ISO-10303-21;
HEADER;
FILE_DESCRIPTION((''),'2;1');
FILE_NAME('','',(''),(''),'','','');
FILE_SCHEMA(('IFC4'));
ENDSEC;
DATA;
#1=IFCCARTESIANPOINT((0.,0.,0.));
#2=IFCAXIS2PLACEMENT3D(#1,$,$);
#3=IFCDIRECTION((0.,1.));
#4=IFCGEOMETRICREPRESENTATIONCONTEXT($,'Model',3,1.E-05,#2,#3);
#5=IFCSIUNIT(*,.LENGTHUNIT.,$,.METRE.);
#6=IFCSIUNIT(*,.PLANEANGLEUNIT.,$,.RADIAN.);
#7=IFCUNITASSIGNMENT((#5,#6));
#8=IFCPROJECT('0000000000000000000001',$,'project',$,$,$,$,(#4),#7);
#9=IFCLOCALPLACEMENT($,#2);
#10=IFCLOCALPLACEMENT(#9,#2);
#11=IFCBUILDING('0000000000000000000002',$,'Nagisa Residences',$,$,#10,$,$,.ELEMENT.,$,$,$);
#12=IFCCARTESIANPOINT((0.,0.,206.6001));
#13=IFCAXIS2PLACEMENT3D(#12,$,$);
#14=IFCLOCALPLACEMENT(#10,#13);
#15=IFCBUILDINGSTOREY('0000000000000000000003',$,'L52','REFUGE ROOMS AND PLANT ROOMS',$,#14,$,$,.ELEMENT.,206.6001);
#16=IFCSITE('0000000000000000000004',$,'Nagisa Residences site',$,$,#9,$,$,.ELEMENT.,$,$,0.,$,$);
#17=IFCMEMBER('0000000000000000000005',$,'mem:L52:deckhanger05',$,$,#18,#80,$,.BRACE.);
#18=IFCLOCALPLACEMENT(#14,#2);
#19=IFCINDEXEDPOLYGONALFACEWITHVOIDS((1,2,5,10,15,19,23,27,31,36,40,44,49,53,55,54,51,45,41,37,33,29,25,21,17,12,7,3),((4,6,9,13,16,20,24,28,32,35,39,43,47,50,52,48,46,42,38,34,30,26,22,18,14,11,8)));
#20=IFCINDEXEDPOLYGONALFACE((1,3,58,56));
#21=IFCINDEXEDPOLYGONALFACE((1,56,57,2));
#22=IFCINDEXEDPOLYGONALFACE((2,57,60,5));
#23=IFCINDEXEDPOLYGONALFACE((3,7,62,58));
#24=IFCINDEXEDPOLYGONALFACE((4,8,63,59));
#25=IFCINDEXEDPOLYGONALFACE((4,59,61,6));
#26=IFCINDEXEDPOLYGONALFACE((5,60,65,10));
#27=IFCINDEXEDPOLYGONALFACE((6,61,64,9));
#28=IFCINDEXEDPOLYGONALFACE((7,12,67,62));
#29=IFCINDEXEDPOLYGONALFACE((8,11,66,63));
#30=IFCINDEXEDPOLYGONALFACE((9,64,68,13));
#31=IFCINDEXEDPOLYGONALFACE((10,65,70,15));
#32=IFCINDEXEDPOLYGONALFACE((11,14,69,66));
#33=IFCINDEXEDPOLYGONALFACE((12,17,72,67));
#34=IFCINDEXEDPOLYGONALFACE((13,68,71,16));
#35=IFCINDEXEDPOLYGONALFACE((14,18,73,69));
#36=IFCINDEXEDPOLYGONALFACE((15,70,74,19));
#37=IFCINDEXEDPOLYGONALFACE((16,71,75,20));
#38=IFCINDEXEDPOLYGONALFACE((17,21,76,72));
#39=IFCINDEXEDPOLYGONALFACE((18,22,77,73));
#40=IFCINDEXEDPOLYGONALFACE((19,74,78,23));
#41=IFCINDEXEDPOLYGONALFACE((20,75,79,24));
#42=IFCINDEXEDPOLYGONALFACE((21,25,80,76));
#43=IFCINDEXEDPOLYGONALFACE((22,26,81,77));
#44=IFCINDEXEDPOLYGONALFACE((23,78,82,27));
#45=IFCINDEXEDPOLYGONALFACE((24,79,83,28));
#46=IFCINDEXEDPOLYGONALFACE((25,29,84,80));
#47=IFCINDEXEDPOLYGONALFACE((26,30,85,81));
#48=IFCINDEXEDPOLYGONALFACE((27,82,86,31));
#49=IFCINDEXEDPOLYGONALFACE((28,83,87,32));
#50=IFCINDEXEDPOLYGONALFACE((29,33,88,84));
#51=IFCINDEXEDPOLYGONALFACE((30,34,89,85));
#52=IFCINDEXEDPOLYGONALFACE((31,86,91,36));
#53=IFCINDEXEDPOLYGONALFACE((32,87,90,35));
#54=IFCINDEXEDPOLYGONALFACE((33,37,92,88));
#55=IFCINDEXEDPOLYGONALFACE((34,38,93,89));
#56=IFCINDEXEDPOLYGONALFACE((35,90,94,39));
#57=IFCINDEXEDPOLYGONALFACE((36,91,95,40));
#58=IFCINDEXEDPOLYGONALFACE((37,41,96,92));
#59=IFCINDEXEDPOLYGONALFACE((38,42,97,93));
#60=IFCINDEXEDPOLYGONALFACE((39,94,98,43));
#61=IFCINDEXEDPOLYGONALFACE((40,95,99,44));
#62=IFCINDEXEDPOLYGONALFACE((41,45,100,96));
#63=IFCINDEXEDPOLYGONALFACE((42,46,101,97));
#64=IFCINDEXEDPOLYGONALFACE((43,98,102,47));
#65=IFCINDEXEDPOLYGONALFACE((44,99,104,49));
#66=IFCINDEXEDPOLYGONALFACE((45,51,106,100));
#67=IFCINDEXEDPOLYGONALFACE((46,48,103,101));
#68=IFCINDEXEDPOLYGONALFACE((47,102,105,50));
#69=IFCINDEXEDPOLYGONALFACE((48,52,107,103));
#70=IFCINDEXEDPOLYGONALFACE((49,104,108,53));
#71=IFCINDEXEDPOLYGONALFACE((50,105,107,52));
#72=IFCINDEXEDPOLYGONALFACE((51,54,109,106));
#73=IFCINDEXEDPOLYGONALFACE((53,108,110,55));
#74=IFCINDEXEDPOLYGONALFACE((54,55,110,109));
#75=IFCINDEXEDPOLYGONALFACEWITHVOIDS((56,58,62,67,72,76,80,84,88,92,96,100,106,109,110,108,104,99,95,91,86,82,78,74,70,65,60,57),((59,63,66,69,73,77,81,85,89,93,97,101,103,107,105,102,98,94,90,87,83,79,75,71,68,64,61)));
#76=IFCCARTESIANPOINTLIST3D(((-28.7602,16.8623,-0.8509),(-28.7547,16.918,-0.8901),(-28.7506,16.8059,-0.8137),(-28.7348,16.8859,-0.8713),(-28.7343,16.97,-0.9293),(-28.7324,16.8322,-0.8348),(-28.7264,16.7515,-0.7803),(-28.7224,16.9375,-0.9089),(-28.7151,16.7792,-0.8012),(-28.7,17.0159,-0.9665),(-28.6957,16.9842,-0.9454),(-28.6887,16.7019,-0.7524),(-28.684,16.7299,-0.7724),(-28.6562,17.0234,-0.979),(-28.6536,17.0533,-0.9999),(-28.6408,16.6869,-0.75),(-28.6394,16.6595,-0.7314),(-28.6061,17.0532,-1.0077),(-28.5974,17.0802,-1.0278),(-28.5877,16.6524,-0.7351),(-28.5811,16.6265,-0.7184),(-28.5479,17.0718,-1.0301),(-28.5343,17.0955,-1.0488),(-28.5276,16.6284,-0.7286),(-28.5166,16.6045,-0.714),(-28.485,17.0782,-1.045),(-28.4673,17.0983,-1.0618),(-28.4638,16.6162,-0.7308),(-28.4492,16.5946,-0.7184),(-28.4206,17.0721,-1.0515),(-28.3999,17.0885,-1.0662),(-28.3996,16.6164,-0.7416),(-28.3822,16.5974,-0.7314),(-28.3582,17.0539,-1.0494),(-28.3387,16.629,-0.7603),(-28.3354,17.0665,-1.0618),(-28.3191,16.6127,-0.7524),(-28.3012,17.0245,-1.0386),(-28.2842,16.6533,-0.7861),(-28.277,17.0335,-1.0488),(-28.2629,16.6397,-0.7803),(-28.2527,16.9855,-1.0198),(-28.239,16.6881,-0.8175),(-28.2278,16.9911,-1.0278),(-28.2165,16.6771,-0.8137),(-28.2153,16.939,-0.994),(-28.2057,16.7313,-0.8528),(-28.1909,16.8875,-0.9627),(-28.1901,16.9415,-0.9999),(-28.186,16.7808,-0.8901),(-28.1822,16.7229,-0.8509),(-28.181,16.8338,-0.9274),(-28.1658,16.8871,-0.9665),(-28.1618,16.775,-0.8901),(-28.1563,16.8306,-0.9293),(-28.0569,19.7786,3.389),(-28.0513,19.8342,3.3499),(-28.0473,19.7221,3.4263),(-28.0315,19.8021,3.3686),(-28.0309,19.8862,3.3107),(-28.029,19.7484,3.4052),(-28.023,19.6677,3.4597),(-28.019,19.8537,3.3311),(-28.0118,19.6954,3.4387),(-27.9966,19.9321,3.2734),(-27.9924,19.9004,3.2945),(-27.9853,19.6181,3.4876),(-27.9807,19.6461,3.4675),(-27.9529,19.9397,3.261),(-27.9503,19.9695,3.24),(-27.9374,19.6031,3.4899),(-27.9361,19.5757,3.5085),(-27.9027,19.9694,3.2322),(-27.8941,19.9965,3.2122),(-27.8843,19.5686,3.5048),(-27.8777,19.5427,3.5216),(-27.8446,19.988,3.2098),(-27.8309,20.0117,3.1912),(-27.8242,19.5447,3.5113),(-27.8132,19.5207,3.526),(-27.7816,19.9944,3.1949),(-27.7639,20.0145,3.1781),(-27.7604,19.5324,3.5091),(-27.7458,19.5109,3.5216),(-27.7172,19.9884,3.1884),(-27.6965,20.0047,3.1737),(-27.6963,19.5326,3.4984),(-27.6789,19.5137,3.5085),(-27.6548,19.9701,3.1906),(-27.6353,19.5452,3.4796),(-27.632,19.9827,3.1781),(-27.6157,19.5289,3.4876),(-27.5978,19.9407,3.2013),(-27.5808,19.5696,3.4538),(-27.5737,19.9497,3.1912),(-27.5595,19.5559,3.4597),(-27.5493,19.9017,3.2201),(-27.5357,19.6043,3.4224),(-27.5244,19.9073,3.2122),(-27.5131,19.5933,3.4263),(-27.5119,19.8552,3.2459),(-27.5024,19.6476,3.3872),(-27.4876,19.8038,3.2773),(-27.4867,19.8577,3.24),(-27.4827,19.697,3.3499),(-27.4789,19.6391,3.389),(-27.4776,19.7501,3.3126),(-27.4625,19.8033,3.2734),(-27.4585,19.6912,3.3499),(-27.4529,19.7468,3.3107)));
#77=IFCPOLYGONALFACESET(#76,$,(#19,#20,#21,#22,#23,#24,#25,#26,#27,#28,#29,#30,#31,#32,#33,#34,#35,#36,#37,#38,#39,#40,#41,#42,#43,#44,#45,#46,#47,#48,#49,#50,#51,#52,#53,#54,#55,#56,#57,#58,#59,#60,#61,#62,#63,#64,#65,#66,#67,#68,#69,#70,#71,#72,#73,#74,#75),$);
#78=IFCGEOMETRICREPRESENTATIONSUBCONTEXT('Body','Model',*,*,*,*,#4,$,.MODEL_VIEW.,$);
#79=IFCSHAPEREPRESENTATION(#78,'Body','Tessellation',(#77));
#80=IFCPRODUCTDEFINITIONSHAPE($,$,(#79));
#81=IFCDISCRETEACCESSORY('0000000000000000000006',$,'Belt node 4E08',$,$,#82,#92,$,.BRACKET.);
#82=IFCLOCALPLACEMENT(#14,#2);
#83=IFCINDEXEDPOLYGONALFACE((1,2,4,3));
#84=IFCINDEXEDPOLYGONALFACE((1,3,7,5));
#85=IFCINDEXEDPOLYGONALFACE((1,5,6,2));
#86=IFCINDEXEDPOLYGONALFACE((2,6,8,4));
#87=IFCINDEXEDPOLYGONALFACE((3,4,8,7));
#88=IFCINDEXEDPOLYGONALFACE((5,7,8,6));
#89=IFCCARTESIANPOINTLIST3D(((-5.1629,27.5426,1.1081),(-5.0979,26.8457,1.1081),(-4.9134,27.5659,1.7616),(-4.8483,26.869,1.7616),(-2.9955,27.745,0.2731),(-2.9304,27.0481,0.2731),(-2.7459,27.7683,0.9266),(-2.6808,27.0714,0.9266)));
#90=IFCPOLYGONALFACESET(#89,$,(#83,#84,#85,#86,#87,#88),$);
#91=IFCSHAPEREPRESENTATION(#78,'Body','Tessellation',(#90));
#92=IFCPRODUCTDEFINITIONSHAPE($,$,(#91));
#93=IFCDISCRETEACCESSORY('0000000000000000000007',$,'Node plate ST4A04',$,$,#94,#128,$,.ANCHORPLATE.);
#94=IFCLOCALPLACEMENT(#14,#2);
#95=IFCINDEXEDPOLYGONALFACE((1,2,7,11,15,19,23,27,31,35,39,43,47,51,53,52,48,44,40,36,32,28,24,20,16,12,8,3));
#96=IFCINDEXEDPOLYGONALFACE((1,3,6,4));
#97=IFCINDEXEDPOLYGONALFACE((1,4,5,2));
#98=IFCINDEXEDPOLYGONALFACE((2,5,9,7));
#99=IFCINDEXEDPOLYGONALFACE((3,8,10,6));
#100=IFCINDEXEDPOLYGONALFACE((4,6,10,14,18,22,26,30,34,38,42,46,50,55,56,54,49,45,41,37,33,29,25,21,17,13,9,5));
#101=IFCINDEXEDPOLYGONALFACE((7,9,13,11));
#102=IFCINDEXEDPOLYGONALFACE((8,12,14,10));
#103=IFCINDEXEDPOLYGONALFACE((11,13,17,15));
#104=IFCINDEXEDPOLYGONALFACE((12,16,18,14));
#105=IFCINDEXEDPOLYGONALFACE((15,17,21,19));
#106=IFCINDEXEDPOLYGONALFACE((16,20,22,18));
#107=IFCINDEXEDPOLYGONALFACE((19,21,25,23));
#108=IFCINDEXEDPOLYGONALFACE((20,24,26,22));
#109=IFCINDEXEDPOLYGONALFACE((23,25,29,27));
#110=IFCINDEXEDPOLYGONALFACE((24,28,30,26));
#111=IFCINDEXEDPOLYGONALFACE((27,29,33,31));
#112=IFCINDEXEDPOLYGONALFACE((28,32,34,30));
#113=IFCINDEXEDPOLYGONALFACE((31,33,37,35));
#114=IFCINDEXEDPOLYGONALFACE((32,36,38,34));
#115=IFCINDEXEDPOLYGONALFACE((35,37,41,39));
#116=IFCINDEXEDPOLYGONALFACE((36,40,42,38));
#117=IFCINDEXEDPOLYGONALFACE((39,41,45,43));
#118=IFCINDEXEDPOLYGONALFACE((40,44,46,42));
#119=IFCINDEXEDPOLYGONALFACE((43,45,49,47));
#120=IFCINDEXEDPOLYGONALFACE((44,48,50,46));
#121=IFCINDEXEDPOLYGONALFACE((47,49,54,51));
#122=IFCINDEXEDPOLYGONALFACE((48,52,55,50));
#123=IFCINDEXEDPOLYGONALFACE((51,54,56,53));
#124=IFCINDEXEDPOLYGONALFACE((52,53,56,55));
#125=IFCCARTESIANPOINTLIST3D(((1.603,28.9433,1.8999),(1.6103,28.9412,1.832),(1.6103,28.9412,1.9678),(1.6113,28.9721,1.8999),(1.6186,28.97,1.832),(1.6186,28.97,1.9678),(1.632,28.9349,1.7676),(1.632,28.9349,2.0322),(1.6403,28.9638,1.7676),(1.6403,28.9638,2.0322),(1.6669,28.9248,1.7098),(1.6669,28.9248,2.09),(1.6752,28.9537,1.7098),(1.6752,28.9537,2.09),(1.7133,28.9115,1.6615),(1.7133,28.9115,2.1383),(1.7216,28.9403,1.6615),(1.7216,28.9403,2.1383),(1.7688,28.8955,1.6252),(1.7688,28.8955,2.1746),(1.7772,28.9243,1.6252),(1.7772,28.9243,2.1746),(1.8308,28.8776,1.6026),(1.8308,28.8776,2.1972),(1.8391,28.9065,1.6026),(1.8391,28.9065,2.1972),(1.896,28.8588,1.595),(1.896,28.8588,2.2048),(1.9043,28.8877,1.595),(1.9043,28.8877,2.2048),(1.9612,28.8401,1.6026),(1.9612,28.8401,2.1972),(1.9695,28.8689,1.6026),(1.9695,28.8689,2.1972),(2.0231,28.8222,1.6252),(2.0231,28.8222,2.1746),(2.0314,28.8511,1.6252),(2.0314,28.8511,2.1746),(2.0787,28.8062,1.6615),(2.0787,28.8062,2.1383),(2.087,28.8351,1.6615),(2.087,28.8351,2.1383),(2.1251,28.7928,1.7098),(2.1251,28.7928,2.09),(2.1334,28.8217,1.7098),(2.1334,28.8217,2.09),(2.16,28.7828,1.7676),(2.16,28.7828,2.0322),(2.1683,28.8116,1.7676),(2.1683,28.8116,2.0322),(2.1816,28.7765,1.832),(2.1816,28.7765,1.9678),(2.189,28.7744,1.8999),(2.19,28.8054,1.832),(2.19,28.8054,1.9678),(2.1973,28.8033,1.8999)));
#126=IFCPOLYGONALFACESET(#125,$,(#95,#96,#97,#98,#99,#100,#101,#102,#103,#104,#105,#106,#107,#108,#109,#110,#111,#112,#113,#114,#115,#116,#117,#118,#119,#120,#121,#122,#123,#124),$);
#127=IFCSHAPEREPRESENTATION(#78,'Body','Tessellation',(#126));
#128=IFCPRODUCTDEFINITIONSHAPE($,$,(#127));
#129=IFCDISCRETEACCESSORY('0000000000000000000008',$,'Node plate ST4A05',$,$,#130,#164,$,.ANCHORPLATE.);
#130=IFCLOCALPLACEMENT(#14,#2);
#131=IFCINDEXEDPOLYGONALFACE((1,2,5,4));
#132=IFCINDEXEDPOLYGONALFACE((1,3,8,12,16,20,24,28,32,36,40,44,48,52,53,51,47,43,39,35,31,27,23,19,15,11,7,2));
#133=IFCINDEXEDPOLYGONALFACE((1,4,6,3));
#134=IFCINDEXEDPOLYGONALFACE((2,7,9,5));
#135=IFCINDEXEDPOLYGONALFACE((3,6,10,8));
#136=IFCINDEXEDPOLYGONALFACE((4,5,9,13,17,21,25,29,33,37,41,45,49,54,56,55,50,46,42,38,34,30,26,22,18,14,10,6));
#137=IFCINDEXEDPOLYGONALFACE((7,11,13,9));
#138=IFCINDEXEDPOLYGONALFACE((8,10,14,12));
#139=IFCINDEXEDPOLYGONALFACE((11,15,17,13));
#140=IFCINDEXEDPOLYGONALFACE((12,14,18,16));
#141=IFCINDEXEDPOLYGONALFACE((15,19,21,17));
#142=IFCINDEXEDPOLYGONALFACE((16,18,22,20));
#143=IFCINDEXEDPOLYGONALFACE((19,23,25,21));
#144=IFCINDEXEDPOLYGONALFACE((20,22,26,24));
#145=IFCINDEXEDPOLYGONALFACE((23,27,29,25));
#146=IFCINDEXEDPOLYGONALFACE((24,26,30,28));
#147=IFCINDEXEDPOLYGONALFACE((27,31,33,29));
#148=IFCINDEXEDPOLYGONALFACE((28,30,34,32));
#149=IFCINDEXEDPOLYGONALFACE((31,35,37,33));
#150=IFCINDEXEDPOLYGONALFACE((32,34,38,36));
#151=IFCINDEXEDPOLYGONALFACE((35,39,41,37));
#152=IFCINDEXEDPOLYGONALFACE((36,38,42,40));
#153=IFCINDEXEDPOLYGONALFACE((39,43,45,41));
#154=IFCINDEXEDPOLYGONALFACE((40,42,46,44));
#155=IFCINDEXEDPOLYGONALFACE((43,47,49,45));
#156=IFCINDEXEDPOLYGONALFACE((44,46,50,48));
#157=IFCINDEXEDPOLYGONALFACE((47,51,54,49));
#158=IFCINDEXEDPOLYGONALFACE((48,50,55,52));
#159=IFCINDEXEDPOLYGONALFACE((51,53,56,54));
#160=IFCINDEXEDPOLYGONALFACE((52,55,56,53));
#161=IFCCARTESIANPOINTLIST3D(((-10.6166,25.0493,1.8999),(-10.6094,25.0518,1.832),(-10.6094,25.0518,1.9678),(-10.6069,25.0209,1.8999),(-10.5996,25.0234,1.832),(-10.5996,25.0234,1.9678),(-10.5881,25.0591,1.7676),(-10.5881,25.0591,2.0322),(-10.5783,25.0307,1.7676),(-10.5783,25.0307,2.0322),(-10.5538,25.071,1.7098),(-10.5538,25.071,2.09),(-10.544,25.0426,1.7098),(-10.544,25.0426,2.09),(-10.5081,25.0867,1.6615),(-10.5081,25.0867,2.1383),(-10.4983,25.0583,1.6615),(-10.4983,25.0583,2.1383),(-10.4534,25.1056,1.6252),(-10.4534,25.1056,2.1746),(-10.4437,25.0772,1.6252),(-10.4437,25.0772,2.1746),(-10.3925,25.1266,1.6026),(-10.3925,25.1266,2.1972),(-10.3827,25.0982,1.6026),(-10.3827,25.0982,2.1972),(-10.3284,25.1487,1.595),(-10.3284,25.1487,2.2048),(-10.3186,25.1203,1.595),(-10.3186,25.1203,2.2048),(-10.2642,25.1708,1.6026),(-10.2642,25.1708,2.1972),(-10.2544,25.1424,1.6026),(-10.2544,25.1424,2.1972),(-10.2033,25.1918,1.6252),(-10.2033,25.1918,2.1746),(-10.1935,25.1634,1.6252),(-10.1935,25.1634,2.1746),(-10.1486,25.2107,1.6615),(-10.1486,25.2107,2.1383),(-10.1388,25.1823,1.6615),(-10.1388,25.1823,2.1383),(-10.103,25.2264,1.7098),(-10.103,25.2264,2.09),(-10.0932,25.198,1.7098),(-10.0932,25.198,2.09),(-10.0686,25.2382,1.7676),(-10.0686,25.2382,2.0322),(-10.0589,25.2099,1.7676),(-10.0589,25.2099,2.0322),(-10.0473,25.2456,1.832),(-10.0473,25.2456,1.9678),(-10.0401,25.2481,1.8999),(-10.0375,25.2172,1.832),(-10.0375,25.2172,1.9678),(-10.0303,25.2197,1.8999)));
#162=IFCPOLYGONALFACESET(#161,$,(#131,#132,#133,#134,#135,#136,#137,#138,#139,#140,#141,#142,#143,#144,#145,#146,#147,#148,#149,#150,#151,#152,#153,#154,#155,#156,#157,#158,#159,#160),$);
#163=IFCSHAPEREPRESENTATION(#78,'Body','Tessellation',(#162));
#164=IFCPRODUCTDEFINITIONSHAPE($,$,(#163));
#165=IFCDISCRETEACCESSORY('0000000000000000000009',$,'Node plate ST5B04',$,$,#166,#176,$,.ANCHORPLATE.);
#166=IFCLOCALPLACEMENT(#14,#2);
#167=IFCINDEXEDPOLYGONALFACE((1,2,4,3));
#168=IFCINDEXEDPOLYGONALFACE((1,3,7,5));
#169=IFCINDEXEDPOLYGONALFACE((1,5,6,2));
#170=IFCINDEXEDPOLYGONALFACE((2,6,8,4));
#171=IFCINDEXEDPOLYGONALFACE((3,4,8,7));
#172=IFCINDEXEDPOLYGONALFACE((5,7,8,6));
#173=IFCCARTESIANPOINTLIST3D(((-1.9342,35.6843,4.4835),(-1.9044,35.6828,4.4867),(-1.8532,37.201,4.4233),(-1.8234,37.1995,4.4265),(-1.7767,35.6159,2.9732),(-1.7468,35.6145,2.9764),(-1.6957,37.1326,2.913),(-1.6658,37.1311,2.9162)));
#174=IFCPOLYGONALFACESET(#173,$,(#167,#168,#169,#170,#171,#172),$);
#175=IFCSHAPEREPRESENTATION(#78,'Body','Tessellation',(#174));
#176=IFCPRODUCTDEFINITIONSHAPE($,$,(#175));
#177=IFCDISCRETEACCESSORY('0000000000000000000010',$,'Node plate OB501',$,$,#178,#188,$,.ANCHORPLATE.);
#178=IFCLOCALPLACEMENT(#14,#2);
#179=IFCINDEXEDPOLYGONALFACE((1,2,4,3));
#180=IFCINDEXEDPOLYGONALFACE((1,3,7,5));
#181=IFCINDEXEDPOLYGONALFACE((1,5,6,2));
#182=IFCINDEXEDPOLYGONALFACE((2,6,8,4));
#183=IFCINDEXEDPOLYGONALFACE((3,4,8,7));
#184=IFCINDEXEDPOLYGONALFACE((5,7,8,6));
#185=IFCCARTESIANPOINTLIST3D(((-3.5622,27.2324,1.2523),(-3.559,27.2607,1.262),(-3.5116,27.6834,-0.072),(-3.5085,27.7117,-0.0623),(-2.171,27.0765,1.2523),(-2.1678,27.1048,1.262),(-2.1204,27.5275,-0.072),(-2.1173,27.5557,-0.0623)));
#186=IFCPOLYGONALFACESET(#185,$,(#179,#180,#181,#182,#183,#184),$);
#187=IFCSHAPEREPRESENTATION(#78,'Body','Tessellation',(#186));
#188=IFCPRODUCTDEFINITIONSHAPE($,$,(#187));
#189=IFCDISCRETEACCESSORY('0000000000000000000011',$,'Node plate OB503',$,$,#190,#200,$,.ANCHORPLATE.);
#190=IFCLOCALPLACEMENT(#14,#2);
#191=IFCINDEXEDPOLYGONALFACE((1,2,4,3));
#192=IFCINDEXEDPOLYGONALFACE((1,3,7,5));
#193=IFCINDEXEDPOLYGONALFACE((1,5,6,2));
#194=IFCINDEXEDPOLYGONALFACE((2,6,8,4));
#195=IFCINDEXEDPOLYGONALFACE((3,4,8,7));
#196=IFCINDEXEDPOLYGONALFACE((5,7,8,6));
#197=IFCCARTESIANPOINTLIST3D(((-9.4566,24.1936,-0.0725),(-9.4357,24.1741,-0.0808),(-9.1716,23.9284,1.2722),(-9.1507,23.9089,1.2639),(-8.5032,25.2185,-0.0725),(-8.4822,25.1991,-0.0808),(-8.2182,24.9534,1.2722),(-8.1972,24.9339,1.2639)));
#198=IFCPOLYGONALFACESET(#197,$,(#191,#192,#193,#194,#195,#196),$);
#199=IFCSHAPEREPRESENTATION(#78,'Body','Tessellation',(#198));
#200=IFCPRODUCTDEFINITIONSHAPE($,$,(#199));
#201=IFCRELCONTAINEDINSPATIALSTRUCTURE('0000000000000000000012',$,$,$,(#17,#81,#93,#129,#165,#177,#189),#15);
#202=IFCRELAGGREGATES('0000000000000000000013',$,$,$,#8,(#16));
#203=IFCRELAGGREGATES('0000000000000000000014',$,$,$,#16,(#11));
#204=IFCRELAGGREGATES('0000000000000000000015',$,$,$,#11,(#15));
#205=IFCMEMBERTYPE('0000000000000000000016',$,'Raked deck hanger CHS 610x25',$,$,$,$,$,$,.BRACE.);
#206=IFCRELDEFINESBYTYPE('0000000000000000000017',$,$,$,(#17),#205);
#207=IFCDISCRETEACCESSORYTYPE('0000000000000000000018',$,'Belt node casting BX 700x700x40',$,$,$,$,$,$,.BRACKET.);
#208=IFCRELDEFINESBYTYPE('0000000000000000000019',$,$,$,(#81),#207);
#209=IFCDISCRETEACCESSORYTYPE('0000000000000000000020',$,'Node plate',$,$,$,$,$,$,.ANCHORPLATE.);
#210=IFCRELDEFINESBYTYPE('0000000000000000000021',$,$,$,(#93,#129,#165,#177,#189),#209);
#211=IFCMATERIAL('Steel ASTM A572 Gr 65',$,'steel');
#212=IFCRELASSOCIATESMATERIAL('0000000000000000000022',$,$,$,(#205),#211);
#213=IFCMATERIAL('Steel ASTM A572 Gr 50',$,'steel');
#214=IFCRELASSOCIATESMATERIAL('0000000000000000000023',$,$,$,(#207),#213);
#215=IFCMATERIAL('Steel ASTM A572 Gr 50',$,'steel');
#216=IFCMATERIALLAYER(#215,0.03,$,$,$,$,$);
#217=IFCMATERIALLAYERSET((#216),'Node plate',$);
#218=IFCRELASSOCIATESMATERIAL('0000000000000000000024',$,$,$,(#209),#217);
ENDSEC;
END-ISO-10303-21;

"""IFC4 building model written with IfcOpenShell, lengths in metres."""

from ifc_helpers import new_model, si_unit, direction, frame, origin, origin_2d, place, context, subcontext, project, spatial, rectangle, circle, hollow_circle, extrude, material, layer, layer_set, material_profile, profile_set, type_object, element, save


model = new_model("IFC4")

# Units and contexts
model_context = context("Model", 3, precision=1e-05, world=origin(), true_north=direction((0.0, 1.0)))
body_context = subcontext(model_context, "Body", "Model", "MODEL_VIEW")
ifc_project = project(units=[si_unit("LENGTHUNIT", "METRE"), si_unit("PLANEANGLEUNIT", "RADIAN")], contexts=[model_context])

# Site, building, storey
site_placement = place(None, origin())
site = spatial("IfcSite", under=ifc_project, at=site_placement, Name="Nagisa Residences site", CompositionType="ELEMENT", RefElevation=0.0)
building_placement = place(site_placement, origin())
building = spatial("IfcBuilding", under=site, at=building_placement, Name="Nagisa Residences", CompositionType="ELEMENT")
storey_placement = place(building_placement, frame((0.0, 0.0, 206.6001)))
storey = spatial("IfcBuildingStorey", under=building, at=storey_placement, Name="L52", Description="REFUGE ROOMS AND PLANT ROOMS", CompositionType="ELEMENT", Elevation=206.6001)

# Member
ifc_material_1 = material(Name="Steel ASTM A572 Gr 65", Category="steel")
ifc_material_profile_1 = material_profile(ifc_material_1, hollow_circle(Radius=0.3049, WallThickness=0.0249, at=origin_2d()), Name="CHS 610x25")
ifc_profile_set_1 = profile_set([ifc_material_profile_1], Name="Steel ASTM A572 Gr 65")
member_type_1 = type_object("IfcMemberType", Name="Raked deck hanger CHS 610x25", PredefinedType="BRACE", material=ifc_profile_set_1)
member_1_placement = place(storey_placement, frame((-27.7549, 19.7627, 3.3499), z_axis=(-0.135422, -0.561476, -0.816337), x_axis=(0.972124, -0.234466, 0.0)))
element("IfcMember", 1, at=member_1_placement, inside=storey, type_object=member_type_1, Name="mem:L52:deckhanger05", PredefinedType="BRACE", context=body_context, shape_type="SweptSolid", body=[
    extrude(hollow_circle(Radius=0.3049, WallThickness=0.0249, at=origin_2d()), origin(), (0.0, 0.0, 1.0), 5.1938),
])

# Discrete accessories
ifc_material_2 = material(Name="Steel ASTM A572 Gr 50", Category="steel")
discrete_accessory_type_1 = type_object("IfcDiscreteAccessoryType", Name="Belt node casting BX 700x700x40", PredefinedType="BRACKET", material=ifc_material_2)
discrete_accessory_1_placement = place(storey_placement, frame((-2.8381, 27.4082, 0.5999), z_axis=(-0.929633, -0.086806, 0.358115), x_axis=(0.092972, -0.995669, 0.0)))
element("IfcDiscreteAccessory", 2, at=discrete_accessory_1_placement, inside=storey, type_object=discrete_accessory_type_1, Name="Belt node 4E08", PredefinedType="BRACKET", context=body_context, shape_type="SweptSolid", body=[
    extrude(rectangle(XDim=0.7, YDim=0.7, at=origin_2d()), origin(), (0.0, 0.0, 1.0), 2.3315),
])
ifc_material_3 = material(Name="Steel ASTM A572 Gr 50", Category="steel")
ifc_layer = layer(ifc_material_3, 0.03)
ifc_layer_set = layer_set([ifc_layer], Name="Node plate")
discrete_accessory_type_2 = type_object("IfcDiscreteAccessoryType", Name="Node plate", PredefinedType="ANCHORPLATE", material=ifc_layer_set)
for number, where, z_axis, x_axis, name in (
    (3, (1.9043, 28.8877, 1.8999), (-0.276871, -0.960907, 0.0), (0.960907, -0.276871, 0.0), "Node plate ST4A04"),
    (4, (-10.3284, 25.1487, 1.8999), (0.325991, -0.945373, 0.0), (0.945373, 0.325991, 0.0), "Node plate ST4A05"),
):
    element("IfcDiscreteAccessory", number, at=place(storey_placement, frame(where, z_axis=z_axis, x_axis=x_axis)), inside=storey, type_object=discrete_accessory_type_2, Name=name, PredefinedType="ANCHORPLATE", context=body_context, shape_type="SweptSolid", body=[
        extrude(circle(Radius=0.3049, at=origin_2d()), origin(), (0.0, 0.0, 1.0), 0.03),
    ])
discrete_accessory_2_placement = place(storey_placement, frame((-1.8149, 36.4084, 3.6982), z_axis=(0.993184, -0.048845, 0.105831), x_axis=(-0.053291, -0.997794, 0.039595)))
element("IfcDiscreteAccessory", 5, at=discrete_accessory_2_placement, inside=storey, type_object=discrete_accessory_type_2, Name="Node plate ST5B04", PredefinedType="ANCHORPLATE", context=body_context, shape_type="SweptSolid", body=[
    extrude(rectangle(XDim=1.52, YDim=1.52, at=origin_2d()), origin(), (0.0, 0.0, 1.0), 0.03),
])
discrete_accessory_3_placement = place(storey_placement, frame((-2.8381, 27.4082, 0.5999), z_axis=(-0.105357, -0.940111, -0.324176), x_axis=(0.993779, -0.111372, 0.0)))
element("IfcDiscreteAccessory", 6, at=discrete_accessory_3_placement, inside=storey, type_object=discrete_accessory_type_2, Name="Node plate OB501", PredefinedType="ANCHORPLATE", context=body_context, shape_type="SweptSolid", body=[
    extrude(rectangle(XDim=1.3999, YDim=1.3999, at=origin_2d()), origin(), (0.0, 0.0, 1.0), 0.03),
])
discrete_accessory_4_placement = place(storey_placement, frame((-8.8374, 24.5735, 0.5999), z_axis=(0.703313, -0.654245, -0.278054), x_axis=(0.681104, 0.732187, 0.0)))
element("IfcDiscreteAccessory", 7, at=discrete_accessory_4_placement, inside=storey, type_object=discrete_accessory_type_2, Name="Node plate OB503", PredefinedType="ANCHORPLATE", context=body_context, shape_type="SweptSolid", body=[
    extrude(rectangle(XDim=1.3999, YDim=1.3999, at=origin_2d()), origin(), (0.0, 0.0, 1.0), 0.0298),
])

save(model, "model.ifc")
